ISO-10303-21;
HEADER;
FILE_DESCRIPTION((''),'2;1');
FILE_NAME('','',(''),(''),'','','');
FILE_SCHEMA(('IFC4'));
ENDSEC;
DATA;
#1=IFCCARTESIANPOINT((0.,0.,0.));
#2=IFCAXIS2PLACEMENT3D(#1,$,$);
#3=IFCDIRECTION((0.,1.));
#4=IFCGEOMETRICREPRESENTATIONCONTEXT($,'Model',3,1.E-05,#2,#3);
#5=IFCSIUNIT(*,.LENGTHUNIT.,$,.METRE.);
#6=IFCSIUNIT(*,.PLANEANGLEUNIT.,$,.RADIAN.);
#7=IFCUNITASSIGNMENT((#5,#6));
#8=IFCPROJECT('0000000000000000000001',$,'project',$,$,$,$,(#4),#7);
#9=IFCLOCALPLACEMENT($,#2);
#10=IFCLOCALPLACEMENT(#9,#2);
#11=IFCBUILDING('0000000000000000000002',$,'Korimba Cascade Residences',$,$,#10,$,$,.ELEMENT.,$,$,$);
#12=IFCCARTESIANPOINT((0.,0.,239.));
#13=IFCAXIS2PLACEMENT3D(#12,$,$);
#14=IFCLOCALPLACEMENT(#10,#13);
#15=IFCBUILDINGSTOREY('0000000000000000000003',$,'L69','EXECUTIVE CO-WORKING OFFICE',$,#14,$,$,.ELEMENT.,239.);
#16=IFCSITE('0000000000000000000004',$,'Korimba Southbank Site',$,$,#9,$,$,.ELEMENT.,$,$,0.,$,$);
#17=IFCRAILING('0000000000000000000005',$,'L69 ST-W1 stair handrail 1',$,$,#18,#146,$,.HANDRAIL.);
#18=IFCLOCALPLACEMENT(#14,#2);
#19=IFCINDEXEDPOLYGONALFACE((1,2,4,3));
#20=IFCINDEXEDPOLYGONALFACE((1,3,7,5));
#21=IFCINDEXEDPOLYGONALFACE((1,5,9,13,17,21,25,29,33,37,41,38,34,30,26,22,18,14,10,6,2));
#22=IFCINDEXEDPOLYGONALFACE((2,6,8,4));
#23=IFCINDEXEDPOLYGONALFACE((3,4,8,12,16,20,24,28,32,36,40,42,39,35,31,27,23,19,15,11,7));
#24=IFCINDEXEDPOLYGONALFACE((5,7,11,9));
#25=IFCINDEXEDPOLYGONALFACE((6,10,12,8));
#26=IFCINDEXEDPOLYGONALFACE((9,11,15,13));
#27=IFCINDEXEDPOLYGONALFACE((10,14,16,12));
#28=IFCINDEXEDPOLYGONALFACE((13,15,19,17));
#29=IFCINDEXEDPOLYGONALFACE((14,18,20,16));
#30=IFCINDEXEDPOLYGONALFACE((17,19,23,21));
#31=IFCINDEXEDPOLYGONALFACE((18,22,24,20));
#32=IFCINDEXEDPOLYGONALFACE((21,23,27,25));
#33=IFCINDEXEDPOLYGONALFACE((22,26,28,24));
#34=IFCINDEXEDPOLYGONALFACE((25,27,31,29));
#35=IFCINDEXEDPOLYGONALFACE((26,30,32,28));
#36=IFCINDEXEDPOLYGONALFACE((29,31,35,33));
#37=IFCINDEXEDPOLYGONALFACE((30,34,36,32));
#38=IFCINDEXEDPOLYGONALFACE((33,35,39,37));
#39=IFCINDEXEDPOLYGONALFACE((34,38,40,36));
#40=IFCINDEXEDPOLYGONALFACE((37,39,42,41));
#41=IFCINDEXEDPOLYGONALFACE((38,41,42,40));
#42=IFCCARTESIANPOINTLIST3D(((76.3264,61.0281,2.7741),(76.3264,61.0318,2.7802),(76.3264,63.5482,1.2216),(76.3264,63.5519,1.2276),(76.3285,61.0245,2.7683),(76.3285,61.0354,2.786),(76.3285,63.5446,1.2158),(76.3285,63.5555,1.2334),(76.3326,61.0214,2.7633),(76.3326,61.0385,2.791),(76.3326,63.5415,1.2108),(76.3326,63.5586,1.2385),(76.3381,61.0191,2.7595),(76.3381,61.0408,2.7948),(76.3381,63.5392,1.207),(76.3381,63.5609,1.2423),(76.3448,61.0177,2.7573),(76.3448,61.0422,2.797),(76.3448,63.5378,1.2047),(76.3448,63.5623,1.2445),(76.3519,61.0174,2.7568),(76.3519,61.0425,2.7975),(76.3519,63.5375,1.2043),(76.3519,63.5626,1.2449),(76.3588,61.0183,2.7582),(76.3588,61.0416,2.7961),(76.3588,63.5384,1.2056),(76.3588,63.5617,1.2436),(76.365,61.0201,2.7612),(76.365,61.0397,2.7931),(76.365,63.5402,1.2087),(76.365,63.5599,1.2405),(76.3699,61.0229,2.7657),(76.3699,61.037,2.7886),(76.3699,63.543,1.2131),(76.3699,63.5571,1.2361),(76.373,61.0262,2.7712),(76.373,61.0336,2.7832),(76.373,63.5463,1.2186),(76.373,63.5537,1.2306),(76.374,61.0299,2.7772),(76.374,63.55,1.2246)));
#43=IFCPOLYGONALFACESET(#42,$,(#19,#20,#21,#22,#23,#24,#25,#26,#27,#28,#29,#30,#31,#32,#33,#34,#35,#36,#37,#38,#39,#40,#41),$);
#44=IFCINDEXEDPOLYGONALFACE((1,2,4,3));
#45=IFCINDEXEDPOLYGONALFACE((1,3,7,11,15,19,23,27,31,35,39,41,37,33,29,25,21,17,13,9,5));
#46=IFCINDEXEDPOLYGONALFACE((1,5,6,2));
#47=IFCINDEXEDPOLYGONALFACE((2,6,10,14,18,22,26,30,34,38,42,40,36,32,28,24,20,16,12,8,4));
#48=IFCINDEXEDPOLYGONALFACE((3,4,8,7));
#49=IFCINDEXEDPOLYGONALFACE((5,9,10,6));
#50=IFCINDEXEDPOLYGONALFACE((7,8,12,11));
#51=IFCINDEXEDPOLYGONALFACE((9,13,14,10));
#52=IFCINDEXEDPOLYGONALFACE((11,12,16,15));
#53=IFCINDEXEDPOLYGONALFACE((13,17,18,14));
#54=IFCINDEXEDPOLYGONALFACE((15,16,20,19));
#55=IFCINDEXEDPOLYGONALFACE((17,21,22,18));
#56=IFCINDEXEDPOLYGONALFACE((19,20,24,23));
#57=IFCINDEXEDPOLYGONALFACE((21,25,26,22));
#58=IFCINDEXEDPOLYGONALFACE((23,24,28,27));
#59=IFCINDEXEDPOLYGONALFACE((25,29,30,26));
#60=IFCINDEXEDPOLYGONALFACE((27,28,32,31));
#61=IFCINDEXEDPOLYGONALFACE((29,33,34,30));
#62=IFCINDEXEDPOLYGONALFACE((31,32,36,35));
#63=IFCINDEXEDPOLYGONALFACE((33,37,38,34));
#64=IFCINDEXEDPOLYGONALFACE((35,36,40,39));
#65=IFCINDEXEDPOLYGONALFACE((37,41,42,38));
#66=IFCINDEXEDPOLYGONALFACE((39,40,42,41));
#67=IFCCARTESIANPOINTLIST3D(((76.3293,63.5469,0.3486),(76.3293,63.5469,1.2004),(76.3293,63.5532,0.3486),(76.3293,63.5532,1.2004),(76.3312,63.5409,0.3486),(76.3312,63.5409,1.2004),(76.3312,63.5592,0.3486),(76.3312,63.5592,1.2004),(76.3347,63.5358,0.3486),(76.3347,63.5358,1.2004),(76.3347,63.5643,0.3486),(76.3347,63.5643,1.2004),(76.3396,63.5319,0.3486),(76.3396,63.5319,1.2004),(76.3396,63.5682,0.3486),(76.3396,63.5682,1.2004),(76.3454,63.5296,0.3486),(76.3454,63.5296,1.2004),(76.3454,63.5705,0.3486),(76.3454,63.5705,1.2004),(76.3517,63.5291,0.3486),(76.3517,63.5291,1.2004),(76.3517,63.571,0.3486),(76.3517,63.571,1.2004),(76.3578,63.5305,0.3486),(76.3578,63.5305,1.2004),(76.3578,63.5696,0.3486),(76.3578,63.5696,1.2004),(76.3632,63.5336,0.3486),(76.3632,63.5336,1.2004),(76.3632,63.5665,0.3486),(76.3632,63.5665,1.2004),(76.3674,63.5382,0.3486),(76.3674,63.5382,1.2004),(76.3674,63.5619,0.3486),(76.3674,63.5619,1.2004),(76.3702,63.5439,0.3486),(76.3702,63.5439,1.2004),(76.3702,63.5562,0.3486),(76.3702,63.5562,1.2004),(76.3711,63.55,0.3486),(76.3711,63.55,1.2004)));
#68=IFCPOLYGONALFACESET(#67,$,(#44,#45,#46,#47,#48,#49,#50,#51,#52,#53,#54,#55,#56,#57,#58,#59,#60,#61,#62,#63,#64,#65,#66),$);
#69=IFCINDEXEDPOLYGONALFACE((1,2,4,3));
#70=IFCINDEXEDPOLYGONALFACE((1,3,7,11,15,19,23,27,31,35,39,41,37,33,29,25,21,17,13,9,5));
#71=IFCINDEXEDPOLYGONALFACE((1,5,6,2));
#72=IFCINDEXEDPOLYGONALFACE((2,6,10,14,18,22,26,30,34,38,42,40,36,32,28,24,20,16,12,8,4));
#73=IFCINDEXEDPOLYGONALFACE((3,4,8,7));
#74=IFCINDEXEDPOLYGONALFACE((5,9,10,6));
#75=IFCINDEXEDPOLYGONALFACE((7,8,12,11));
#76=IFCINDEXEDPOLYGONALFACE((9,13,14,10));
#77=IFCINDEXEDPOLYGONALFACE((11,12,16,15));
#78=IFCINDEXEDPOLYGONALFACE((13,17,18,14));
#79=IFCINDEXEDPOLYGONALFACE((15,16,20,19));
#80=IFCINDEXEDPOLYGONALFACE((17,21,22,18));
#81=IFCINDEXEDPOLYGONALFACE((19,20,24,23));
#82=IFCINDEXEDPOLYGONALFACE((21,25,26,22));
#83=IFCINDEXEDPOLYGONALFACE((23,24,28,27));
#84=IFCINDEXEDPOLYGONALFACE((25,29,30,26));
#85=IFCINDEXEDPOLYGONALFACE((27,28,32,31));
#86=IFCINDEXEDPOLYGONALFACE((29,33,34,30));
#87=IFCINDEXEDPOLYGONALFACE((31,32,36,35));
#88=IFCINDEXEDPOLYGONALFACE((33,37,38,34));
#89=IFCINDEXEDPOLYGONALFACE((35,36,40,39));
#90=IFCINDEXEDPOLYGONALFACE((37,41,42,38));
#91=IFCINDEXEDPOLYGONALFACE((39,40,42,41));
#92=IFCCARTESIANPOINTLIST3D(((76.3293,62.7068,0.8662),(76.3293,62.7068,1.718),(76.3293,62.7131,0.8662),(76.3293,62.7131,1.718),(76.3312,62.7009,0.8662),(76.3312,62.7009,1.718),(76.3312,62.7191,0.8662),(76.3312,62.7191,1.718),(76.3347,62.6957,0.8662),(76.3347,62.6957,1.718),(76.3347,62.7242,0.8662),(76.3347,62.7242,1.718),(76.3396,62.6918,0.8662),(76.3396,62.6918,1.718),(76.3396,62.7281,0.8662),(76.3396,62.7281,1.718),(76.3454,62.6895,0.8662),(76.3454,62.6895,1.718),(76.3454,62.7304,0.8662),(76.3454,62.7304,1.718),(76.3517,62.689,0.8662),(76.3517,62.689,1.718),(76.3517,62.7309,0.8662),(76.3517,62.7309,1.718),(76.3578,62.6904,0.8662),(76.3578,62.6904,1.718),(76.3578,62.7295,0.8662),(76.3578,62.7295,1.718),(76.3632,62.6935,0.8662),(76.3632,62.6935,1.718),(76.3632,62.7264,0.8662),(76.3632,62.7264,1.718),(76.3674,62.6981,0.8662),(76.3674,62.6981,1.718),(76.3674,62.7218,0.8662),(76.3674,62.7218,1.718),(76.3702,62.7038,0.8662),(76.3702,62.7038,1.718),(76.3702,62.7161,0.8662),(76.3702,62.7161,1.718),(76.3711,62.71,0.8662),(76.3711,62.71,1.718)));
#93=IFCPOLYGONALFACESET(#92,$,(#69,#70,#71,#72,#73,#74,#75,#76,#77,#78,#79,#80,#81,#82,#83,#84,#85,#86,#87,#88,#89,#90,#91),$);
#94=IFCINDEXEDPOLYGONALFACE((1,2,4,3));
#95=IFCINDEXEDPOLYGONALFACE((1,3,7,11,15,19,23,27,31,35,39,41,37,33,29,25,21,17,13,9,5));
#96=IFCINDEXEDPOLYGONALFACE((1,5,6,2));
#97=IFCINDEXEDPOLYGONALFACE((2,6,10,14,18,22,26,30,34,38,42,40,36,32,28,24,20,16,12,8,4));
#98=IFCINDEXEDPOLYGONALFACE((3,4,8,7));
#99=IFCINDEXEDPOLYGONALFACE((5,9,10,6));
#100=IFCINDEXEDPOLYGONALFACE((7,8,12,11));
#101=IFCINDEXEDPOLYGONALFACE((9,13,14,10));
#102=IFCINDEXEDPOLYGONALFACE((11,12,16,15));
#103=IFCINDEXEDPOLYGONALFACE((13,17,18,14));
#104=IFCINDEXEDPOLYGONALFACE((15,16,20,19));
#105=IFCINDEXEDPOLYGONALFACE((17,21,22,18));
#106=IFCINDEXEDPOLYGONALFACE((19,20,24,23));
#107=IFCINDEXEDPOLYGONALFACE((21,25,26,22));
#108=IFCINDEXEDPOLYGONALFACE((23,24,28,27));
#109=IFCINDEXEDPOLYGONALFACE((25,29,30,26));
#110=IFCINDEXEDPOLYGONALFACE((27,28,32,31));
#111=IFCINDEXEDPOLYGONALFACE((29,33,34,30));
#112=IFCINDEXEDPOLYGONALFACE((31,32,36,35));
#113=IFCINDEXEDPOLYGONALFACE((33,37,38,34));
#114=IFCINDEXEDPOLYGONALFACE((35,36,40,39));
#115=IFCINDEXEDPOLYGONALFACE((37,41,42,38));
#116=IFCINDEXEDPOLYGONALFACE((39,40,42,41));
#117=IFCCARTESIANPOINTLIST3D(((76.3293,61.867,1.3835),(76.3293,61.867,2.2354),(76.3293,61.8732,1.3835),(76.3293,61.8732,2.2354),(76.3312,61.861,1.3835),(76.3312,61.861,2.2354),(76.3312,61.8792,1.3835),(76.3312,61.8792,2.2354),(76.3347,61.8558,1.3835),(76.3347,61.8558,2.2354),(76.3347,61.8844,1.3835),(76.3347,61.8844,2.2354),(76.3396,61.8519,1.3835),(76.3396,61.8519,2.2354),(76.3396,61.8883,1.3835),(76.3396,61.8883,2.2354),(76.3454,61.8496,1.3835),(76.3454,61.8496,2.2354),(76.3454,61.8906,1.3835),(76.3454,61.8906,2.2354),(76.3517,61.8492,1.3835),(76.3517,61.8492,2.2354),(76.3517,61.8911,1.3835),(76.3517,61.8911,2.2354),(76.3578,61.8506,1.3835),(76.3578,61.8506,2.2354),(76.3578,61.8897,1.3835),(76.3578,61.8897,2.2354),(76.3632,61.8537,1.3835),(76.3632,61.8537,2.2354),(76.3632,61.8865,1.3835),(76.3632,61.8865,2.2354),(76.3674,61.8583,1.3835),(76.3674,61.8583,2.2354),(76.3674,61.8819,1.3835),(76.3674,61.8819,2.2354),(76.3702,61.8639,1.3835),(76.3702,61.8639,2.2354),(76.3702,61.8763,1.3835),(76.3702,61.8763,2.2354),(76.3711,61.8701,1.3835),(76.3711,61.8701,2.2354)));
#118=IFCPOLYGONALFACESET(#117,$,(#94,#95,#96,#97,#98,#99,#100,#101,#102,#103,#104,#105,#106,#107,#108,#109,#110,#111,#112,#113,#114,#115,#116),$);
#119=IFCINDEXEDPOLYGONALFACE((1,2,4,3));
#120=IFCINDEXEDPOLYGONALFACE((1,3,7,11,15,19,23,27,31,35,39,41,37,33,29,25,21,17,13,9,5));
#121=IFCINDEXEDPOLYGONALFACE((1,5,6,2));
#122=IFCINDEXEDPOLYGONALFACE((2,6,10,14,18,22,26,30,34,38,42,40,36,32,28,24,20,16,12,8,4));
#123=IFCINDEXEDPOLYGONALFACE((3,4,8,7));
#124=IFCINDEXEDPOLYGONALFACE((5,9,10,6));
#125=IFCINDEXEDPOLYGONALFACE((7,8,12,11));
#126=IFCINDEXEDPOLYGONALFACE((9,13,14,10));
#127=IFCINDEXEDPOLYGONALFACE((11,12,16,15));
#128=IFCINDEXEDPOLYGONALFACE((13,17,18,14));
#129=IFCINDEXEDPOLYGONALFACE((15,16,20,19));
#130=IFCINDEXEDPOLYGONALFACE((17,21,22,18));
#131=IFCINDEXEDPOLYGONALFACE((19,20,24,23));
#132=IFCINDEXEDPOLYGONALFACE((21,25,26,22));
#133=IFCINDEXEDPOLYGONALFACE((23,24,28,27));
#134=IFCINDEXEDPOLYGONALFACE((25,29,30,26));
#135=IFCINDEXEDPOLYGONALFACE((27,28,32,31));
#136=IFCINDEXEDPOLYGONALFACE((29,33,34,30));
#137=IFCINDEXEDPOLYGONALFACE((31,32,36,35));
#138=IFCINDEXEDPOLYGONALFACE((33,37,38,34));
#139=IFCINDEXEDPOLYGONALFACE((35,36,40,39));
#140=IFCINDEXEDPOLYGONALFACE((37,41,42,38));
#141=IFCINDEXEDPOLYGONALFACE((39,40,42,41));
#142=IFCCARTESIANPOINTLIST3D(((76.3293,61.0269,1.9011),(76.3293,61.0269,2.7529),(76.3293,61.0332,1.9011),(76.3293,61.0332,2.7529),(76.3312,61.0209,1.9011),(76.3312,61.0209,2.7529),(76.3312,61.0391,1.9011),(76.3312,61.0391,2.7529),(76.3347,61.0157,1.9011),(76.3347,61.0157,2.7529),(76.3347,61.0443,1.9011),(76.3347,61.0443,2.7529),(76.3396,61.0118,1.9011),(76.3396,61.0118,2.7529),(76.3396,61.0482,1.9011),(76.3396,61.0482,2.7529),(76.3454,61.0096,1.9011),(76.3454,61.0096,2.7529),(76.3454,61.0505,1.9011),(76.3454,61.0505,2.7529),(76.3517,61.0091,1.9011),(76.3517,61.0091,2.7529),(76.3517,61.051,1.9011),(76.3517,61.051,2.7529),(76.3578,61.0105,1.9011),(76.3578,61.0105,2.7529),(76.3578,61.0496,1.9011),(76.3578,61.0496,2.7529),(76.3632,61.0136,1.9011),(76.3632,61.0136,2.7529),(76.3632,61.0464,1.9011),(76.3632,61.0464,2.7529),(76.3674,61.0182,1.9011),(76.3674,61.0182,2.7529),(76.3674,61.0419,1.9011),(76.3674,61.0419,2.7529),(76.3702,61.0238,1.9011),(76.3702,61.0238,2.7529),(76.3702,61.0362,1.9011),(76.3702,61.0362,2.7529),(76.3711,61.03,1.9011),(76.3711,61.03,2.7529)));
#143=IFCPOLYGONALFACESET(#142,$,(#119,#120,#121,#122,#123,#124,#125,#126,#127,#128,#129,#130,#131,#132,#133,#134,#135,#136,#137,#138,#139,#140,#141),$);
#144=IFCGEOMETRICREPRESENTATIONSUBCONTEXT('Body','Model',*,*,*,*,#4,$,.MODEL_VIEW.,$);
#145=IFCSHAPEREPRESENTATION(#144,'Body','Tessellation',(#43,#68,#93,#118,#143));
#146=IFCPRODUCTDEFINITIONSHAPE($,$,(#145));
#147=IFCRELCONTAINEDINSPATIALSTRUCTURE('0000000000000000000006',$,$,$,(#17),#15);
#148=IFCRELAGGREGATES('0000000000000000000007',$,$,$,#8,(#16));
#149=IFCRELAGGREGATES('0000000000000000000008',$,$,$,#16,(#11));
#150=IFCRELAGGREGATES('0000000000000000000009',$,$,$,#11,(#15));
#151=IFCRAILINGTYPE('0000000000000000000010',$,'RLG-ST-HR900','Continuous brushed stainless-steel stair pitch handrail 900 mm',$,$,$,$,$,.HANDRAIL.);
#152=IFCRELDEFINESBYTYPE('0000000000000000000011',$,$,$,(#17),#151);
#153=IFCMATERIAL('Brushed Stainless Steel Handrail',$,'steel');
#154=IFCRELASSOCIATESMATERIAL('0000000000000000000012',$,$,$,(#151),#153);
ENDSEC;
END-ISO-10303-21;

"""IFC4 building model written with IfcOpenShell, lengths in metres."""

from ifc_helpers import new_model, si_unit, direction, frame, origin, origin_2d, place, context, subcontext, project, spatial, circle, extrude, material, type_object, element, save


model = new_model("IFC4")

# Units and contexts
model_context = context("Model", 3, precision=1e-05, world=origin(), true_north=direction((0.0, 1.0)))
body_context = subcontext(model_context, "Body", "Model", "MODEL_VIEW")
ifc_project = project(units=[si_unit("LENGTHUNIT", "METRE"), si_unit("PLANEANGLEUNIT", "RADIAN")], contexts=[model_context])

# Site, building, storey
site_placement = place(None, origin())
site = spatial("IfcSite", under=ifc_project, at=site_placement, Name="Korimba Southbank Site", CompositionType="ELEMENT", RefElevation=0.0)
building_placement = place(site_placement, origin())
building = spatial("IfcBuilding", under=site, at=building_placement, Name="Korimba Cascade Residences", CompositionType="ELEMENT")
storey_placement = place(building_placement, frame((0.0, 0.0, 239.0)))
storey = spatial("IfcBuildingStorey", under=building, at=storey_placement, Name="L69", Description="EXECUTIVE CO-WORKING OFFICE", CompositionType="ELEMENT", Elevation=239.0)

# Railing
ifc_material_1 = material(Name="Brushed Stainless Steel Handrail", Category="steel")
railing_type_1 = type_object("IfcRailingType", Name="RLG-ST-HR900", Description="Continuous brushed stainless-steel stair pitch handrail 900 mm", PredefinedType="HANDRAIL", material=ifc_material_1)
railing_1_placement = place(storey_placement, frame((76.3501, 63.55, 0.3486)))
element("IfcRailing", 1, at=railing_1_placement, inside=storey, type_object=railing_type_1, Name="L69 ST-W1 stair handrail 1", PredefinedType="HANDRAIL", context=body_context, shape_type="SweptSolid", body=[
    extrude(circle(Radius=0.0239, at=origin_2d()), frame((0.0, 0.0, 0.876), z_axis=(0.0, -0.8514, 0.524516), x_axis=(1.0, 0.0, 0.0)), (0.0, 0.0, 1.0), 2.96),
    extrude(circle(Radius=0.021, at=origin_2d()), origin(), (0.0, 0.0, 1.0), 0.8518),
    extrude(circle(Radius=0.021, at=origin_2d()), frame((0.0, -0.8401, 0.5176)), (0.0, 0.0, 1.0), 0.8518),
    extrude(circle(Radius=0.021, at=origin_2d()), frame((0.0, -1.6799, 1.0349)), (0.0, 0.0, 1.0), 0.8518),
    extrude(circle(Radius=0.021, at=origin_2d()), frame((0.0, -2.52, 1.5525)), (0.0, 0.0, 1.0), 0.8518),
])

save(model, "model.ifc")
